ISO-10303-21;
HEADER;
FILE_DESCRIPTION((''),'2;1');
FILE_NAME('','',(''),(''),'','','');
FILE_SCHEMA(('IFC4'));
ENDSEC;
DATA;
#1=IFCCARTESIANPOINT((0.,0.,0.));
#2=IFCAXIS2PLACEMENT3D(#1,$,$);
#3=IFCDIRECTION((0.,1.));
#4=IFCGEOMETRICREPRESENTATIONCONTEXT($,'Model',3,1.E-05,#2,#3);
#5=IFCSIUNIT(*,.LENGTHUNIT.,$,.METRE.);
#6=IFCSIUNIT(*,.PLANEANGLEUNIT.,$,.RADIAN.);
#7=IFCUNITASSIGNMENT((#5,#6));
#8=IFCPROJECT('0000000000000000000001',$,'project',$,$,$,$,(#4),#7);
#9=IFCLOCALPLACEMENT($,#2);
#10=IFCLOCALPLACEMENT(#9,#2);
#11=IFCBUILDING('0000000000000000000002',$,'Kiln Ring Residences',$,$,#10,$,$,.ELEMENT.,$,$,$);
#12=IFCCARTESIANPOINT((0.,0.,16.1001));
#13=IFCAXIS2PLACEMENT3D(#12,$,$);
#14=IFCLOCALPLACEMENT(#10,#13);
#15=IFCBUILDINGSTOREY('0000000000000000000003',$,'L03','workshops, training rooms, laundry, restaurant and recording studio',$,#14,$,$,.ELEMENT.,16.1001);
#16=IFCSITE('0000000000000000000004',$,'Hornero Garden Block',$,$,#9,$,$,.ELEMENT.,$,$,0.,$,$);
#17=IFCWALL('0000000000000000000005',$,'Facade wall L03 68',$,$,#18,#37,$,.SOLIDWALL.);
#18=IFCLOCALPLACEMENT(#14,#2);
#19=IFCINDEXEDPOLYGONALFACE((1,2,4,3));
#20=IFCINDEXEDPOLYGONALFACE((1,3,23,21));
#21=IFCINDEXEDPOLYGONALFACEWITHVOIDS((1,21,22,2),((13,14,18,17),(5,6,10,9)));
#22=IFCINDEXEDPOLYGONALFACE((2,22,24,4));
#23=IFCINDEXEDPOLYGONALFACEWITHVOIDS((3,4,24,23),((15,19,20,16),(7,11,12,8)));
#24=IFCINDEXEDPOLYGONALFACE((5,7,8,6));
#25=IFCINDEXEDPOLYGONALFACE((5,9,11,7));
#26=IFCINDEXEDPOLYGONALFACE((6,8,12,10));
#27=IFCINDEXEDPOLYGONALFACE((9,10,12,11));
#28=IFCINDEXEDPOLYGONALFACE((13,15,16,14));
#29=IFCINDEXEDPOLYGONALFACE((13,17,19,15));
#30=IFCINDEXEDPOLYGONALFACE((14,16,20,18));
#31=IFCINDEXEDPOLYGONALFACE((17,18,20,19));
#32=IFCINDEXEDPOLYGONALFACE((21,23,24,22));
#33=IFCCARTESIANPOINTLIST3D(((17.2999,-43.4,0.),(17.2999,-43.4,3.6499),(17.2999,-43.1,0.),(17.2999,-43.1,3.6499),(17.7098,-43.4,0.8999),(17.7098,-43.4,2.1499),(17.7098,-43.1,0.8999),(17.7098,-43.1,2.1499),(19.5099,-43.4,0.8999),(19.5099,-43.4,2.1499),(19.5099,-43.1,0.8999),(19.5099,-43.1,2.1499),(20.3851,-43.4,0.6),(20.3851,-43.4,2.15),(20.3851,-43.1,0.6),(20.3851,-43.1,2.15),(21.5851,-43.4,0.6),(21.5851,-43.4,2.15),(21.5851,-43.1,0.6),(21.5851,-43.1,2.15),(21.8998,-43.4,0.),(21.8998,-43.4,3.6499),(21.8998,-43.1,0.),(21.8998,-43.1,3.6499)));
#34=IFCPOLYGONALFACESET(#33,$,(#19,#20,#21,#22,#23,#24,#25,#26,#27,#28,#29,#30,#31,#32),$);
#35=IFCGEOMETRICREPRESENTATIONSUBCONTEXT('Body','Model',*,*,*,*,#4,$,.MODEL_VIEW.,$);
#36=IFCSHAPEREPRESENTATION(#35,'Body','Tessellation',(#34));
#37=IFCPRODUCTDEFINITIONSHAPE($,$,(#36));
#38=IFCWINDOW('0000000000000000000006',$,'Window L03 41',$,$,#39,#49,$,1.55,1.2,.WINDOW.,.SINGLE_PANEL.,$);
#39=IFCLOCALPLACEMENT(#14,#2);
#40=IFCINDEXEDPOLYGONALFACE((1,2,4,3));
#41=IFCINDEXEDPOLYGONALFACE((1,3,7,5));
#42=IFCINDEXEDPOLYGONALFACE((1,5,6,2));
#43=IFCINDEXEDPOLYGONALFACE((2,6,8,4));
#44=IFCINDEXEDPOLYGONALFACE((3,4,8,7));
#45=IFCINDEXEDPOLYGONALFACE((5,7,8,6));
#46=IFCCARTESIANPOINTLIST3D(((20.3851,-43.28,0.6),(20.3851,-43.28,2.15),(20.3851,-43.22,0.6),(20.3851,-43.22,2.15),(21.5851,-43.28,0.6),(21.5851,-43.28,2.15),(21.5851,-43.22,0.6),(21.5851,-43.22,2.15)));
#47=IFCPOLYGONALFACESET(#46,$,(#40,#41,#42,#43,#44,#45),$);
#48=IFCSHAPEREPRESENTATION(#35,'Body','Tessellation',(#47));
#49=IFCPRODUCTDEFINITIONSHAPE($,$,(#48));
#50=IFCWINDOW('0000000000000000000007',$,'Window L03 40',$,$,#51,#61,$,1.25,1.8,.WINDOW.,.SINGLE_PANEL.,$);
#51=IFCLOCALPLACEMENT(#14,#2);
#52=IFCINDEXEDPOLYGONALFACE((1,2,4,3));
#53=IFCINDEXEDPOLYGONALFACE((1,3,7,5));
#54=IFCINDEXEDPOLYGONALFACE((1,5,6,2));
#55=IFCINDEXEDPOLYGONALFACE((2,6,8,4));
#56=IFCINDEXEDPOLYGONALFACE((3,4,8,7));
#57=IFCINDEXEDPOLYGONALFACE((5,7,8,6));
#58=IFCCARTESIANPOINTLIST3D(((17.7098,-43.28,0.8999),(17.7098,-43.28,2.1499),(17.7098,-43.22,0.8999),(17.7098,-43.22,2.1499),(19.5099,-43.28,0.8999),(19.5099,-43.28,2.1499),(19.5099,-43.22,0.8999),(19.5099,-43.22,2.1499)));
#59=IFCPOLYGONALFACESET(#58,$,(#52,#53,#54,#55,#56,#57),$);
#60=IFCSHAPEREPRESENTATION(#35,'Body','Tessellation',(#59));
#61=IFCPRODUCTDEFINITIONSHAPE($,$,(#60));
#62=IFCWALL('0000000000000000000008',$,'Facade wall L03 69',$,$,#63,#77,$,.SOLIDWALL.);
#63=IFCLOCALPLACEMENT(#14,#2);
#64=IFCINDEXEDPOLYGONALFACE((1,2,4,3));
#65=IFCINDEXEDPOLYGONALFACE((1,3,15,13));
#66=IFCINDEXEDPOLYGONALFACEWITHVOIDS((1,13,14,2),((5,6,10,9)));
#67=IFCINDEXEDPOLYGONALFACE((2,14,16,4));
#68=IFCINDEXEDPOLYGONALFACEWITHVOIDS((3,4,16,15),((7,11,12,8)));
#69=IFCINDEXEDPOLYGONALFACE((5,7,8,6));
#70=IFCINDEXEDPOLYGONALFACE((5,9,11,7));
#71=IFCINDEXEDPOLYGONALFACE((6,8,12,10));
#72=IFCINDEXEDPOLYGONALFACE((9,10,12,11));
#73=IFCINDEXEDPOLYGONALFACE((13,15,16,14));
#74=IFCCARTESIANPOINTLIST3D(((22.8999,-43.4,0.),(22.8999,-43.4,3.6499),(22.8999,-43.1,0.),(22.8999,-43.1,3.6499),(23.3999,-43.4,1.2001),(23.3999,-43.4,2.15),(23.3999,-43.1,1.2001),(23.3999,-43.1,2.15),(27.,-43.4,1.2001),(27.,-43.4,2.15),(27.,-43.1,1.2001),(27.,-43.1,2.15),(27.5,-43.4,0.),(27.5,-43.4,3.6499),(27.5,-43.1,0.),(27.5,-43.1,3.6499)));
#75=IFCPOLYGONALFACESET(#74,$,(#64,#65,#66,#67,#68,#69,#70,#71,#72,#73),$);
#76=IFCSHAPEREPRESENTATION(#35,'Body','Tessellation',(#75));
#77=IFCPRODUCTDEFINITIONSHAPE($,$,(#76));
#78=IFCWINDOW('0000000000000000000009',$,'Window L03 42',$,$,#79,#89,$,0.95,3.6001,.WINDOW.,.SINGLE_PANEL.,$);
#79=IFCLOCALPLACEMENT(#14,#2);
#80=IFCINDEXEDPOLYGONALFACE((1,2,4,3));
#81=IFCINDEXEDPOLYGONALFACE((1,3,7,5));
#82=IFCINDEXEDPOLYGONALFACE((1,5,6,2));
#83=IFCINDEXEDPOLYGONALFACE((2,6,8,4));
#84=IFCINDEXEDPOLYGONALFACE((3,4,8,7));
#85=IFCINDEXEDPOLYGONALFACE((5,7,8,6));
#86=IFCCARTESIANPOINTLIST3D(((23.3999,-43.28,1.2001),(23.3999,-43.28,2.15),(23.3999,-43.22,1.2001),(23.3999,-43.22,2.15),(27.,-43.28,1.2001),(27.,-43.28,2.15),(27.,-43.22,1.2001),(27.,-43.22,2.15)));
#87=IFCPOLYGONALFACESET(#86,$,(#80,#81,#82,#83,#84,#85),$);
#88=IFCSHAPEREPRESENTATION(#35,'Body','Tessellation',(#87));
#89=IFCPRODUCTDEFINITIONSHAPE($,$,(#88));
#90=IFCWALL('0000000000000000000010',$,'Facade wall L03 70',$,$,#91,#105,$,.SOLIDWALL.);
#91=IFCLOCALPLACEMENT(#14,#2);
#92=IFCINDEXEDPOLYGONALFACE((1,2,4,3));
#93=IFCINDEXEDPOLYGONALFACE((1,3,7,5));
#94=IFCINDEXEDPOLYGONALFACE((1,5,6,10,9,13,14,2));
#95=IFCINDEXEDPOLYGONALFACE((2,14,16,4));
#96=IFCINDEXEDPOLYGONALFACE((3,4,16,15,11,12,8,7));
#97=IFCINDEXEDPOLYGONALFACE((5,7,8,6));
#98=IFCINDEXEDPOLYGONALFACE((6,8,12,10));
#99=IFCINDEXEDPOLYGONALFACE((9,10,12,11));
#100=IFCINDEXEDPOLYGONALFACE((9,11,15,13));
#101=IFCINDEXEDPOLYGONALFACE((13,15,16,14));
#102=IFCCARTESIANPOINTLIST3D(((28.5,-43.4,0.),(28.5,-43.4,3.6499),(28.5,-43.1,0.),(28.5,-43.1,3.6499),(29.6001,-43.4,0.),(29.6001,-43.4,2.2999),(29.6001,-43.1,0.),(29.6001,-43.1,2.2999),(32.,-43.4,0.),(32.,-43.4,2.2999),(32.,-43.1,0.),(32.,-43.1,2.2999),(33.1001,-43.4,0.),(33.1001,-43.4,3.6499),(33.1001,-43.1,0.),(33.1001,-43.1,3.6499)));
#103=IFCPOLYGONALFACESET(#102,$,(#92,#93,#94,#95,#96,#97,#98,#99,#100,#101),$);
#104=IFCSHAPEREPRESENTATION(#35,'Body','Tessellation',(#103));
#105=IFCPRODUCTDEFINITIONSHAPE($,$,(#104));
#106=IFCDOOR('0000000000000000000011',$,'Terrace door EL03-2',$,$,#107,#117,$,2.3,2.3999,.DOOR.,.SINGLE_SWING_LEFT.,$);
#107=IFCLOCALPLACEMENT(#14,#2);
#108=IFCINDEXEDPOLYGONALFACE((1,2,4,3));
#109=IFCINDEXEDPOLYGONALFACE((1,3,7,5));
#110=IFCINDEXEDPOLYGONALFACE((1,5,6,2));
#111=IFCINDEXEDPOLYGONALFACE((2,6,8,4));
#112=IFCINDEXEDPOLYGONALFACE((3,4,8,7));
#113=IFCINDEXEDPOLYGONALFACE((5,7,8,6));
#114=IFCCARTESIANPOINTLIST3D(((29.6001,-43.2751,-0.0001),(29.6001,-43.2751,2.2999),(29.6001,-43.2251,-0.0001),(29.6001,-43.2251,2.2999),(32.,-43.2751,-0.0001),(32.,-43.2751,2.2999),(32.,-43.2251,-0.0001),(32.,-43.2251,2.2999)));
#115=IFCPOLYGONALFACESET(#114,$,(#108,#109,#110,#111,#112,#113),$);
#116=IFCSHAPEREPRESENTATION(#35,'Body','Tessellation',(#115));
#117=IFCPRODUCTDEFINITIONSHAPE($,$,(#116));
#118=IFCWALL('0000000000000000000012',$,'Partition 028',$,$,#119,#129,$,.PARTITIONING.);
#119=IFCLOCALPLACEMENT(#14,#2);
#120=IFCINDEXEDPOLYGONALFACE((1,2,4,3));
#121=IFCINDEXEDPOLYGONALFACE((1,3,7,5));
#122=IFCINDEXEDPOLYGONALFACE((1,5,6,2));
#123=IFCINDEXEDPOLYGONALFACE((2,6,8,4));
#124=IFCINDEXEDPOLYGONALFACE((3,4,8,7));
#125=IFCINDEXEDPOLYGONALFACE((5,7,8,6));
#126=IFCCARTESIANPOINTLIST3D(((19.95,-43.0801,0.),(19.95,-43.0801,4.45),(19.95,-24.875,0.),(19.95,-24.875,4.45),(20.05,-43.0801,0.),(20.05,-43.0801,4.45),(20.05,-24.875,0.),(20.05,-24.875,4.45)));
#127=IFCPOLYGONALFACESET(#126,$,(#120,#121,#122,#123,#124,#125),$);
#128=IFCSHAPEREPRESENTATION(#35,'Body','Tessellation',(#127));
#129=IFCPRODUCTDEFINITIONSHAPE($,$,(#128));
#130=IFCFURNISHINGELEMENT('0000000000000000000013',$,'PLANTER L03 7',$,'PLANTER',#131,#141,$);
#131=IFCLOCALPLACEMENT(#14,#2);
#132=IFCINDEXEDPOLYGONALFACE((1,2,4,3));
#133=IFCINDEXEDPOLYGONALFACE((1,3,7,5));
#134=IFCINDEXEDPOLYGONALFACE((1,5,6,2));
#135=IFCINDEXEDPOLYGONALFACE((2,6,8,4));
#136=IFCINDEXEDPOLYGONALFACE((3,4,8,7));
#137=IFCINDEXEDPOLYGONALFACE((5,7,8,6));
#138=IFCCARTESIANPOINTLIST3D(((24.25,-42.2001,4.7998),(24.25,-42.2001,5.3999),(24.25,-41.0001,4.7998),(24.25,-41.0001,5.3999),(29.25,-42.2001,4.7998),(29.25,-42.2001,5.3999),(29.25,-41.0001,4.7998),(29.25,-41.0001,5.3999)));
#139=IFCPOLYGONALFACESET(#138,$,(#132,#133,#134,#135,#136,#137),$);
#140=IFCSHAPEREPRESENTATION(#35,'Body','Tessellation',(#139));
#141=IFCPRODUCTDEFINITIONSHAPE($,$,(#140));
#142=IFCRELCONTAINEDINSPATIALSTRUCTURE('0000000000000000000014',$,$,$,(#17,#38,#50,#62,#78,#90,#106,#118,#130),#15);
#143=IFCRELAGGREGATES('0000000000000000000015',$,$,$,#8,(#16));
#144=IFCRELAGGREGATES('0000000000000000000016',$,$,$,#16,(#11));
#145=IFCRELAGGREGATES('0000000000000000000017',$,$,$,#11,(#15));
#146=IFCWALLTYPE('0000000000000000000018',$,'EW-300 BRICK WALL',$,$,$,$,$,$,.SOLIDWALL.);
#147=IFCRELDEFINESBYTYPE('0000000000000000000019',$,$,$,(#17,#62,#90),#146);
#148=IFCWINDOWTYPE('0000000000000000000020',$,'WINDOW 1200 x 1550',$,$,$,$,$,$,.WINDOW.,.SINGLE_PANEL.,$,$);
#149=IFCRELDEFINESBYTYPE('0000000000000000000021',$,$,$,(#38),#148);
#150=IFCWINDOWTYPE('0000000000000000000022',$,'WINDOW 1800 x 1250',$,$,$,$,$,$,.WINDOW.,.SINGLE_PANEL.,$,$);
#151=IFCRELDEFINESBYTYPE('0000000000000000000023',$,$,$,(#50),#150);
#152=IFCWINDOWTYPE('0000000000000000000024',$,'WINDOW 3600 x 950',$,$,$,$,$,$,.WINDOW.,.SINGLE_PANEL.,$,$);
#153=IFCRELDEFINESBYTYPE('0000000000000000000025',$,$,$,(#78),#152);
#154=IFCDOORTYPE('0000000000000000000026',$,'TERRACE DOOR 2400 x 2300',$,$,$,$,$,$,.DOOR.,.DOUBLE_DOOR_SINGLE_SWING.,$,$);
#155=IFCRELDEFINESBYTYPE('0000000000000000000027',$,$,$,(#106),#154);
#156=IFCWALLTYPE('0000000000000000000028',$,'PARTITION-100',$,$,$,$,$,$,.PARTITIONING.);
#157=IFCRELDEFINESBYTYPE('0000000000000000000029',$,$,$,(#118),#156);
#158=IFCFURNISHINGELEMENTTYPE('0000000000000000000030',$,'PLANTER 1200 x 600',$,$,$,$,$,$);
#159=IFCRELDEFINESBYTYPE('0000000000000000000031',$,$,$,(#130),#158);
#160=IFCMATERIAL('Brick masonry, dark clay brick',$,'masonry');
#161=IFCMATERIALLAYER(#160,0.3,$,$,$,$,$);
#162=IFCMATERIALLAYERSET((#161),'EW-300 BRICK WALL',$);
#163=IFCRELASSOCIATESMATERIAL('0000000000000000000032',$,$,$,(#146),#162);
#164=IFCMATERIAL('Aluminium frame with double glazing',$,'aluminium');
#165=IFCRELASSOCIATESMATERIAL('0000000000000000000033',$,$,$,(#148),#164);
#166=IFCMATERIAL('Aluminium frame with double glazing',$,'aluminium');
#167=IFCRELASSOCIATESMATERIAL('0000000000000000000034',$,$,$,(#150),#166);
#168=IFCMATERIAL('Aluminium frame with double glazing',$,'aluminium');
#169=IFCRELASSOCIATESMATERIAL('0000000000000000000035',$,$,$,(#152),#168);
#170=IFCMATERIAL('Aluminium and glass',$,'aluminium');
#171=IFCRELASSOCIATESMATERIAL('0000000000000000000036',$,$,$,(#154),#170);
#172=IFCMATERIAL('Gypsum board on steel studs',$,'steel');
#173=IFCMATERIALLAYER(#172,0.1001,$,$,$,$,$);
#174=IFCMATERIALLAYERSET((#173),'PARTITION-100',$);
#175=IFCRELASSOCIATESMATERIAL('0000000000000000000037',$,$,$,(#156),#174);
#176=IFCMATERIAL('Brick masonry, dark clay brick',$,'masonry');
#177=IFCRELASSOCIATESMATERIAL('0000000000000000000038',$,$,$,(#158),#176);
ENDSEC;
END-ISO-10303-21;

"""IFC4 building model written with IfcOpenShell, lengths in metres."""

from ifc_helpers import new_model, si_unit, direction, frame, frame_2d, origin, origin_2d, place, context, subcontext, project, spatial, rectangle, extrude, material, layer, layer_set, type_object, element, fill, save


model = new_model("IFC4")

# Units and contexts
model_context = context("Model", 3, precision=1e-05, world=origin(), true_north=direction((0.0, 1.0)))
body_context = subcontext(model_context, "Body", "Model", "MODEL_VIEW")
ifc_project = project(units=[si_unit("LENGTHUNIT", "METRE"), si_unit("PLANEANGLEUNIT", "RADIAN")], contexts=[model_context])

# Site, building, storey
site_placement = place(None, origin())
site = spatial("IfcSite", under=ifc_project, at=site_placement, Name="Hornero Garden Block", CompositionType="ELEMENT", RefElevation=0.0)
building_placement = place(site_placement, origin())
building = spatial("IfcBuilding", under=site, at=building_placement, Name="Kiln Ring Residences", CompositionType="ELEMENT")
storey_placement = place(building_placement, frame((0.0, 0.0, 16.1001)))
storey = spatial("IfcBuildingStorey", under=building, at=storey_placement, Name="L03", Description="workshops, training rooms, laundry, restaurant and recording studio", CompositionType="ELEMENT", Elevation=16.1001)

# Shared definitions
ifc_material_1 = material(Name="Brick masonry, dark clay brick", Category="masonry")
ifc_layer_1 = layer(ifc_material_1, 0.3)
ifc_layer_set_1 = layer_set([ifc_layer_1], Name="EW-300 BRICK WALL")
wall_type_1 = type_object("IfcWallType", Name="EW-300 BRICK WALL", PredefinedType="SOLIDWALL", material=ifc_layer_set_1)

# Wall, openings, windows
wall_1_placement = place(storey_placement, frame((17.3, -43.25, 0.0), z_axis=(0.0, 0.0, 1.0), x_axis=(1.0, 0.0, 0.0)))
wall_1 = element("IfcWall", 1, at=wall_1_placement, inside=storey, type_object=wall_type_1, Name="Facade wall L03 68", PredefinedType="SOLIDWALL", context=body_context, shape_type="SweptSolid", body=[
    extrude(rectangle(XDim=4.5999, YDim=0.3, at=frame_2d((2.2998, 0.0))), origin(), (0.0, 0.0, 1.0), 3.6499),
])
opening_1_placement = place(wall_1_placement, frame((0.4099, 0.0, 0.8999)))
opening_1 = element("IfcOpeningElement", 2, at=opening_1_placement, cuts=wall_1, PredefinedType="OPENING", context=body_context, shape_type="SweptSolid", body=[
    extrude(rectangle(XDim=1.8, YDim=1.25, at=frame_2d((0.8999, 0.625))), frame((0.0, 0.1599, 0.0), z_axis=(0.0, -1.0, 0.0), x_axis=(1.0, 0.0, 0.0)), (0.0, 0.0, 1.0), 0.3201),
])
opening_2_placement = place(wall_1_placement, frame((3.085, 0.0, 0.6001)))
opening_2 = element("IfcOpeningElement", 3, at=opening_2_placement, cuts=wall_1, PredefinedType="OPENING", context=body_context, shape_type="SweptSolid", body=[
    extrude(rectangle(XDim=1.2, YDim=1.55, at=frame_2d((0.6001, 0.7749))), frame((0.0, 0.1599, 0.0), z_axis=(0.0, -1.0, 0.0), x_axis=(1.0, 0.0, 0.0)), (0.0, 0.0, 1.0), 0.3201),
])
ifc_material_2 = material(Name="Aluminium frame with double glazing", Category="aluminium")
window_type_1 = type_object("IfcWindowType", Name="WINDOW 1200 x 1550", PartitioningType="SINGLE_PANEL", PredefinedType="WINDOW", material=ifc_material_2)
window_1_placement = place(opening_2_placement, origin())
window_1 = element("IfcWindow", 4, at=window_1_placement, inside=storey, type_object=window_type_1, Name="Window L03 41", OverallHeight=1.55, OverallWidth=1.2, PartitioningType="SINGLE_PANEL", PredefinedType="WINDOW", context=body_context, shape_type="SweptSolid", body=[
    extrude(rectangle(XDim=1.2, YDim=1.55, at=frame_2d((0.6001, 0.7749))), frame((0.0, 0.03, 0.0), z_axis=(0.0, -1.0, 0.0), x_axis=(1.0, 0.0, 0.0)), (0.0, 0.0, 1.0), 0.0601),
])
fill(opening_2, window_1)
ifc_material_3 = material(Name="Aluminium frame with double glazing", Category="aluminium")
window_type_2 = type_object("IfcWindowType", Name="WINDOW 1800 x 1250", PartitioningType="SINGLE_PANEL", PredefinedType="WINDOW", material=ifc_material_3)
window_2_placement = place(opening_1_placement, origin())
window_2 = element("IfcWindow", 5, at=window_2_placement, inside=storey, type_object=window_type_2, Name="Window L03 40", OverallHeight=1.25, OverallWidth=1.8, PartitioningType="SINGLE_PANEL", PredefinedType="WINDOW", context=body_context, shape_type="SweptSolid", body=[
    extrude(rectangle(XDim=1.8, YDim=1.25, at=frame_2d((0.8999, 0.625))), frame((0.0, 0.03, 0.0), z_axis=(0.0, -1.0, 0.0), x_axis=(1.0, 0.0, 0.0)), (0.0, 0.0, 1.0), 0.0601),
])
fill(opening_1, window_2)

# Wall, opening, window
wall_2_placement = place(storey_placement, frame((22.8999, -43.25, 0.0), z_axis=(0.0, 0.0, 1.0), x_axis=(1.0, 0.0, 0.0)))
wall_2 = element("IfcWall", 6, at=wall_2_placement, inside=storey, type_object=wall_type_1, Name="Facade wall L03 69", PredefinedType="SOLIDWALL", context=body_context, shape_type="SweptSolid", body=[
    extrude(rectangle(XDim=4.6001, YDim=0.3, at=frame_2d((2.3, 0.0))), origin(), (0.0, 0.0, 1.0), 3.6499),
])
opening_3_placement = place(wall_2_placement, frame((0.5, 0.0, 1.2)))
opening_3 = element("IfcOpeningElement", 7, at=opening_3_placement, cuts=wall_2, PredefinedType="OPENING", context=body_context, shape_type="SweptSolid", body=[
    extrude(rectangle(XDim=3.6001, YDim=0.95, at=frame_2d((1.8, 0.4751))), frame((0.0, 0.1599, 0.0), z_axis=(0.0, -1.0, 0.0), x_axis=(1.0, 0.0, 0.0)), (0.0, 0.0, 1.0), 0.3201),
])
ifc_material_4 = material(Name="Aluminium frame with double glazing", Category="aluminium")
window_type_3 = type_object("IfcWindowType", Name="WINDOW 3600 x 950", PartitioningType="SINGLE_PANEL", PredefinedType="WINDOW", material=ifc_material_4)
window_3_placement = place(opening_3_placement, origin())
window_3 = element("IfcWindow", 8, at=window_3_placement, inside=storey, type_object=window_type_3, Name="Window L03 42", OverallHeight=0.95, OverallWidth=3.6001, PartitioningType="SINGLE_PANEL", PredefinedType="WINDOW", context=body_context, shape_type="SweptSolid", body=[
    extrude(rectangle(XDim=3.6001, YDim=0.95, at=frame_2d((1.8, 0.4751))), frame((0.0, 0.03, 0.0), z_axis=(0.0, -1.0, 0.0), x_axis=(1.0, 0.0, 0.0)), (0.0, 0.0, 1.0), 0.0601),
])
fill(opening_3, window_3)

# Wall, opening, door
wall_3_placement = place(storey_placement, frame((28.5, -43.25, 0.0), z_axis=(0.0, 0.0, 1.0), x_axis=(1.0, 0.0, 0.0)))
wall_3 = element("IfcWall", 9, at=wall_3_placement, inside=storey, type_object=wall_type_1, Name="Facade wall L03 70", PredefinedType="SOLIDWALL", context=body_context, shape_type="SweptSolid", body=[
    extrude(rectangle(XDim=4.6001, YDim=0.3, at=frame_2d((2.3, 0.0))), origin(), (0.0, 0.0, 1.0), 3.6499),
])
opening_4_placement = place(wall_3_placement, frame((1.1001, 0.0, 0.0)))
opening_4 = element("IfcOpeningElement", 10, at=opening_4_placement, cuts=wall_3, PredefinedType="OPENING", context=body_context, shape_type="SweptSolid", body=[
    extrude(rectangle(XDim=2.3999, YDim=2.3, at=frame_2d((1.2, 1.1499))), frame((0.0, 0.1599, 0.0), z_axis=(0.0, -1.0, 0.0), x_axis=(1.0, 0.0, 0.0)), (0.0, 0.0, 1.0), 0.3201),
])
ifc_material_5 = material(Name="Aluminium and glass", Category="aluminium")
door_type = type_object("IfcDoorType", Name="TERRACE DOOR 2400 x 2300", OperationType="DOUBLE_DOOR_SINGLE_SWING", PredefinedType="DOOR", material=ifc_material_5)
door_placement = place(opening_4_placement, origin())
door = element("IfcDoor", 11, at=door_placement, inside=storey, type_object=door_type, Name="Terrace door EL03-2", OperationType="SINGLE_SWING_LEFT", OverallHeight=2.3, OverallWidth=2.3999, PredefinedType="DOOR", context=body_context, shape_type="SweptSolid", body=[
    extrude(rectangle(XDim=2.3999, YDim=2.3, at=frame_2d((1.2, 1.1499))), frame((0.0, 0.0249, 0.0), z_axis=(0.0, -1.0, 0.0), x_axis=(1.0, 0.0, 0.0)), (0.0, 0.0, 1.0), 0.05),
])
fill(opening_4, door)

# Wall
ifc_material_6 = material(Name="Gypsum board on steel studs", Category="steel")
ifc_layer_2 = layer(ifc_material_6, 0.1001)
ifc_layer_set_2 = layer_set([ifc_layer_2], Name="PARTITION-100")
wall_type_2 = type_object("IfcWallType", Name="PARTITION-100", PredefinedType="PARTITIONING", material=ifc_layer_set_2)
wall_4_placement = place(storey_placement, frame((20.0, -43.0801, 0.0), z_axis=(0.0, 0.0, 1.0), x_axis=(0.0, 1.0, 0.0)))
element("IfcWall", 12, at=wall_4_placement, inside=storey, type_object=wall_type_2, Name="Partition 028", PredefinedType="PARTITIONING", context=body_context, shape_type="SweptSolid", body=[
    extrude(rectangle(XDim=18.2051, YDim=0.1001, at=frame_2d((9.1025, 0.0))), origin(), (0.0, 0.0, 1.0), 4.45),
])

# Furnishing element
ifc_material_7 = material(Name="Brick masonry, dark clay brick", Category="masonry")
furnishing_element_type = type_object("IfcFurnishingElementType", Name="PLANTER 1200 x 600", material=ifc_material_7)
furnishing_placement = place(storey_placement, frame((26.75, -41.6001, 4.7998), z_axis=(0.0, 0.0, 1.0), x_axis=(1.0, 0.0, 0.0)))
element("IfcFurnishingElement", 13, at=furnishing_placement, inside=storey, type_object=furnishing_element_type, Name="PLANTER L03 7", ObjectType="PLANTER", context=body_context, shape_type="SweptSolid", body=[
    extrude(rectangle(XDim=5.0, YDim=1.2, at=origin_2d()), origin(), (0.0, 0.0, 1.0), 0.6001),
])

save(model, "model.ifc")
